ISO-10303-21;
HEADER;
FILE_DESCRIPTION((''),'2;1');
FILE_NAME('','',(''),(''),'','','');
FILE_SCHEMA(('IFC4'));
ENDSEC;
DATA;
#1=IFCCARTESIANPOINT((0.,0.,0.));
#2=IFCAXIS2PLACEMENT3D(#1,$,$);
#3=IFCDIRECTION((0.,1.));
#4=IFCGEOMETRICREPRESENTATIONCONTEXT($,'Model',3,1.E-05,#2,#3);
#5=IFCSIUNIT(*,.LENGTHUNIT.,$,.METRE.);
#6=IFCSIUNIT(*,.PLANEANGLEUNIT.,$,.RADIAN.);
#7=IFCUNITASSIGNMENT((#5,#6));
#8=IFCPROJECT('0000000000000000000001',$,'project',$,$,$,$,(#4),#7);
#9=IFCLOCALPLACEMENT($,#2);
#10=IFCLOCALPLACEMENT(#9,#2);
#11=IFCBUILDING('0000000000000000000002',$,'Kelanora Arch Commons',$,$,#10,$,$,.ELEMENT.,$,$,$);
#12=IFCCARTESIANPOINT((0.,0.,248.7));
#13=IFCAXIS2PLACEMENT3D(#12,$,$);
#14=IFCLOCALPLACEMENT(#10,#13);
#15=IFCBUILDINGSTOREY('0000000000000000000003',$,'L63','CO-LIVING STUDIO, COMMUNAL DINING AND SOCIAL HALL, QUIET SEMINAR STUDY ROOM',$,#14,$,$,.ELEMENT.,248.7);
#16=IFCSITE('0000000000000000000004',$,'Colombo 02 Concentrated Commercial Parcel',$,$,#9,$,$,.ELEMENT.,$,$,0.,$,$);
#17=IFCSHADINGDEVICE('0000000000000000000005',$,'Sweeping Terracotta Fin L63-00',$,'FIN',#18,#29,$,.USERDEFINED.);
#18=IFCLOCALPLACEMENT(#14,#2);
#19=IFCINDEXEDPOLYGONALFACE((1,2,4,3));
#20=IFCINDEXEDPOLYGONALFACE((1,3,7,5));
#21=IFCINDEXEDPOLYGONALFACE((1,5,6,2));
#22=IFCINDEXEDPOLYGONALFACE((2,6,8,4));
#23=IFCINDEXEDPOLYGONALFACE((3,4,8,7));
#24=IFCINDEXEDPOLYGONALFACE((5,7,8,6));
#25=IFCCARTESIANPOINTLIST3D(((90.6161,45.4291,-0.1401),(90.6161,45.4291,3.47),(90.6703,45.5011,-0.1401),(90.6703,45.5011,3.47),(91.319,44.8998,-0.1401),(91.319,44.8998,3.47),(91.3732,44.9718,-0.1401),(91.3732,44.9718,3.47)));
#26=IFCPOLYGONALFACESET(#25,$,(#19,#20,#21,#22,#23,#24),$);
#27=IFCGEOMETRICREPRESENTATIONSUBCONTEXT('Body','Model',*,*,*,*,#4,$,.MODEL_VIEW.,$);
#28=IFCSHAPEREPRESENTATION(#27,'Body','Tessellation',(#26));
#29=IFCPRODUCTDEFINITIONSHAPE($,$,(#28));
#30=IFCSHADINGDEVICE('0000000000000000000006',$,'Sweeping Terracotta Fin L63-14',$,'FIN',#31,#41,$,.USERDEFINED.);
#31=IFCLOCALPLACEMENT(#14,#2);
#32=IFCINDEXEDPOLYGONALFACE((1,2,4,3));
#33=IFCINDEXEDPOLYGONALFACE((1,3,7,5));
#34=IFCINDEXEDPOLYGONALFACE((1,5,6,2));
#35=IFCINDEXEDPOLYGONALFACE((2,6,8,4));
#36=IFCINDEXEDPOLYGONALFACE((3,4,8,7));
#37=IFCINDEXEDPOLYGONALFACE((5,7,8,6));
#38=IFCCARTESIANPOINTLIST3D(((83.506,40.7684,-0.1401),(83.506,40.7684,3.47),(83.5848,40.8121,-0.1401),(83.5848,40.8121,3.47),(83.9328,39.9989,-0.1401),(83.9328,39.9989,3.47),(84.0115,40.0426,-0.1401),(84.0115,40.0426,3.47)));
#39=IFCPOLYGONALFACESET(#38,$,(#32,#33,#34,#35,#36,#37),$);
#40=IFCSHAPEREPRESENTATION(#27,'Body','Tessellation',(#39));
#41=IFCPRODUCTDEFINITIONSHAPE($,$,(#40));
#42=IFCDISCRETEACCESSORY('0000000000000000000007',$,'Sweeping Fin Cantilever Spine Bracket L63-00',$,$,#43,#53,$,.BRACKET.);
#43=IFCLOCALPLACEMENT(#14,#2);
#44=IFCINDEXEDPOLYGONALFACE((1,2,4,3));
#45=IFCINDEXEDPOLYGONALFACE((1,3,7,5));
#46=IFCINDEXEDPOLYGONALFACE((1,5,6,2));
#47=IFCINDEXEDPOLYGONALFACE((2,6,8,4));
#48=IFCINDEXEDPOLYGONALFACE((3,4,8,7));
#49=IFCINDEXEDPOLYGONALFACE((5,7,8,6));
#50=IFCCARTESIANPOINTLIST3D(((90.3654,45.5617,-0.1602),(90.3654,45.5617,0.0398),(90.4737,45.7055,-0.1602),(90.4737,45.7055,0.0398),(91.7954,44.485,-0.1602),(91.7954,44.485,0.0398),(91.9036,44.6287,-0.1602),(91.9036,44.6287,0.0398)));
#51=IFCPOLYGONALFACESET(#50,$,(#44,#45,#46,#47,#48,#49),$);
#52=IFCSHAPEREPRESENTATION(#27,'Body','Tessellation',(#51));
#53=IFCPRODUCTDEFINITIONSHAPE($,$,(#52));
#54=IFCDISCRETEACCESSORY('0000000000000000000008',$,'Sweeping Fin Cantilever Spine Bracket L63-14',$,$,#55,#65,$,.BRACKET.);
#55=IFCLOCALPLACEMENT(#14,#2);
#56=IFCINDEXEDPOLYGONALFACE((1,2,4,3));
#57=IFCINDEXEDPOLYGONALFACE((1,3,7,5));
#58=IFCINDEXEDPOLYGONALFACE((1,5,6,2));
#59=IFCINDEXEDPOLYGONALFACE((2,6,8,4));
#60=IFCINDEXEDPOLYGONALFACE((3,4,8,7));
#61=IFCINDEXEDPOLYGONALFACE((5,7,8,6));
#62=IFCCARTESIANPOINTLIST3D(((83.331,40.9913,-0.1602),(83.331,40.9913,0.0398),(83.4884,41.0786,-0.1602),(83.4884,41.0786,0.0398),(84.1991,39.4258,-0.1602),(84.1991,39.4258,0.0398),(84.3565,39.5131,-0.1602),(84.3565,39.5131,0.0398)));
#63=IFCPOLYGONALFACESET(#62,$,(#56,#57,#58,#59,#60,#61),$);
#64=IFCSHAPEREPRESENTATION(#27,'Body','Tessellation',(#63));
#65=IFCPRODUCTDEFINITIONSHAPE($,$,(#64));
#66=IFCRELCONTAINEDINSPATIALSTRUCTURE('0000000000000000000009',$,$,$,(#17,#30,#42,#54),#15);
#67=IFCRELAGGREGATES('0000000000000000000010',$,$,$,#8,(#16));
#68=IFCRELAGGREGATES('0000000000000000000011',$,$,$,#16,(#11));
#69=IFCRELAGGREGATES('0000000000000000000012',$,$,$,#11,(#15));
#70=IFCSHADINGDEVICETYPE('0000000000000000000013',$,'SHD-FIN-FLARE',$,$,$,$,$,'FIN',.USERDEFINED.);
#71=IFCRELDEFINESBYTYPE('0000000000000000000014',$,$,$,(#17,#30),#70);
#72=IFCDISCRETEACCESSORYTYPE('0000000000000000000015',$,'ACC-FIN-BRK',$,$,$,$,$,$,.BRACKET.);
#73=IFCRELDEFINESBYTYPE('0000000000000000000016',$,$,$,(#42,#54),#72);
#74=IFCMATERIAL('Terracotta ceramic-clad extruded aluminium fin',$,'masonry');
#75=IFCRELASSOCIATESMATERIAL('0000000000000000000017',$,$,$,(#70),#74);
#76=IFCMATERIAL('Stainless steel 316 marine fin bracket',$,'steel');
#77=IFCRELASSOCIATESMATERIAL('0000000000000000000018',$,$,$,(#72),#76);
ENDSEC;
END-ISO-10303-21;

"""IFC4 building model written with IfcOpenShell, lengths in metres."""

from ifc_helpers import new_model, si_unit, direction, frame, origin, origin_2d, place, context, subcontext, project, spatial, rectangle, extrude, source, transform, mapped, material, type_object, element, save


model = new_model("IFC4")

# Units and contexts
model_context = context("Model", 3, precision=1e-05, world=origin(), true_north=direction((0.0, 1.0)))
body_context = subcontext(model_context, "Body", "Model", "MODEL_VIEW")
ifc_project = project(units=[si_unit("LENGTHUNIT", "METRE"), si_unit("PLANEANGLEUNIT", "RADIAN")], contexts=[model_context])

# Site, building, storey
site_placement = place(None, origin())
site = spatial("IfcSite", under=ifc_project, at=site_placement, Name="Colombo 02 Concentrated Commercial Parcel", CompositionType="ELEMENT", RefElevation=0.0)
building_placement = place(site_placement, origin())
building = spatial("IfcBuilding", under=site, at=building_placement, Name="Kelanora Arch Commons", CompositionType="ELEMENT")
storey_placement = place(building_placement, frame((0.0, 0.0, 248.7)))
storey = spatial("IfcBuildingStorey", under=building, at=storey_placement, Name="L63", Description="CO-LIVING STUDIO, COMMUNAL DINING AND SOCIAL HALL, QUIET SEMINAR STUDY ROOM", CompositionType="ELEMENT", Elevation=248.7)

# Shading devices
ifc_material_1 = material(Name="Terracotta ceramic-clad extruded aluminium fin", Category="masonry")
shading_device_type = type_object("IfcShadingDeviceType", Name="SHD-FIN-FLARE", ElementType="FIN", PredefinedType="USERDEFINED", material=ifc_material_1)
shared_shape_1 = source(origin(), body_context, "Body", "SweptSolid", [
    extrude(rectangle(XDim=0.8799, YDim=0.0901, at=origin_2d()), origin(), (0.0, 0.0, 1.0), 3.6101),
])
for number, where, z_axis, x_axis, name in (
    (1, (90.9946, 45.2004, -0.1401), (0.0, 0.0, 1.0), (0.798846, -0.601536, 0.0), "Sweeping Terracotta Fin L63-00"),
    (2, (83.7588, 40.4055, -0.1401), (0.0, 0.0, 1.0), (0.484962, -0.874535, 0.0), "Sweeping Terracotta Fin L63-14"),
):
    element("IfcShadingDevice", number, at=place(storey_placement, frame(where, z_axis=z_axis, x_axis=x_axis)), inside=storey, type_object=shading_device_type, Name=name, ObjectType="FIN", PredefinedType="USERDEFINED", context=body_context, shape_type="MappedRepresentation", body=[
        mapped(shared_shape_1, transform((0.0, 0.0, 0.0), scale=1.0)),
    ])

# Discrete accessories
ifc_material_2 = material(Name="Stainless steel 316 marine fin bracket", Category="steel")
discrete_accessory_type = type_object("IfcDiscreteAccessoryType", Name="ACC-FIN-BRK", PredefinedType="BRACKET", material=ifc_material_2)
shared_shape_2 = source(origin(), body_context, "Body", "SweptSolid", [
    extrude(rectangle(XDim=1.79, YDim=0.1799, at=origin_2d()), origin(), (0.0, 0.0, 1.0), 0.2),
])
for number, where, z_axis, x_axis, name in (
    (3, (91.1345, 45.0952, -0.1602), (0.0, 0.0, 1.0), (0.798846, -0.601536, 0.0), "Sweeping Fin Cantilever Spine Bracket L63-00"),
    (4, (83.8438, 40.2522, -0.1602), (0.0, 0.0, 1.0), (0.484962, -0.874535, 0.0), "Sweeping Fin Cantilever Spine Bracket L63-14"),
):
    element("IfcDiscreteAccessory", number, at=place(storey_placement, frame(where, z_axis=z_axis, x_axis=x_axis)), inside=storey, type_object=discrete_accessory_type, Name=name, PredefinedType="BRACKET", context=body_context, shape_type="MappedRepresentation", body=[
        mapped(shared_shape_2, transform((0.0, 0.0, 0.0), scale=1.0)),
    ])

save(model, "model.ifc")
